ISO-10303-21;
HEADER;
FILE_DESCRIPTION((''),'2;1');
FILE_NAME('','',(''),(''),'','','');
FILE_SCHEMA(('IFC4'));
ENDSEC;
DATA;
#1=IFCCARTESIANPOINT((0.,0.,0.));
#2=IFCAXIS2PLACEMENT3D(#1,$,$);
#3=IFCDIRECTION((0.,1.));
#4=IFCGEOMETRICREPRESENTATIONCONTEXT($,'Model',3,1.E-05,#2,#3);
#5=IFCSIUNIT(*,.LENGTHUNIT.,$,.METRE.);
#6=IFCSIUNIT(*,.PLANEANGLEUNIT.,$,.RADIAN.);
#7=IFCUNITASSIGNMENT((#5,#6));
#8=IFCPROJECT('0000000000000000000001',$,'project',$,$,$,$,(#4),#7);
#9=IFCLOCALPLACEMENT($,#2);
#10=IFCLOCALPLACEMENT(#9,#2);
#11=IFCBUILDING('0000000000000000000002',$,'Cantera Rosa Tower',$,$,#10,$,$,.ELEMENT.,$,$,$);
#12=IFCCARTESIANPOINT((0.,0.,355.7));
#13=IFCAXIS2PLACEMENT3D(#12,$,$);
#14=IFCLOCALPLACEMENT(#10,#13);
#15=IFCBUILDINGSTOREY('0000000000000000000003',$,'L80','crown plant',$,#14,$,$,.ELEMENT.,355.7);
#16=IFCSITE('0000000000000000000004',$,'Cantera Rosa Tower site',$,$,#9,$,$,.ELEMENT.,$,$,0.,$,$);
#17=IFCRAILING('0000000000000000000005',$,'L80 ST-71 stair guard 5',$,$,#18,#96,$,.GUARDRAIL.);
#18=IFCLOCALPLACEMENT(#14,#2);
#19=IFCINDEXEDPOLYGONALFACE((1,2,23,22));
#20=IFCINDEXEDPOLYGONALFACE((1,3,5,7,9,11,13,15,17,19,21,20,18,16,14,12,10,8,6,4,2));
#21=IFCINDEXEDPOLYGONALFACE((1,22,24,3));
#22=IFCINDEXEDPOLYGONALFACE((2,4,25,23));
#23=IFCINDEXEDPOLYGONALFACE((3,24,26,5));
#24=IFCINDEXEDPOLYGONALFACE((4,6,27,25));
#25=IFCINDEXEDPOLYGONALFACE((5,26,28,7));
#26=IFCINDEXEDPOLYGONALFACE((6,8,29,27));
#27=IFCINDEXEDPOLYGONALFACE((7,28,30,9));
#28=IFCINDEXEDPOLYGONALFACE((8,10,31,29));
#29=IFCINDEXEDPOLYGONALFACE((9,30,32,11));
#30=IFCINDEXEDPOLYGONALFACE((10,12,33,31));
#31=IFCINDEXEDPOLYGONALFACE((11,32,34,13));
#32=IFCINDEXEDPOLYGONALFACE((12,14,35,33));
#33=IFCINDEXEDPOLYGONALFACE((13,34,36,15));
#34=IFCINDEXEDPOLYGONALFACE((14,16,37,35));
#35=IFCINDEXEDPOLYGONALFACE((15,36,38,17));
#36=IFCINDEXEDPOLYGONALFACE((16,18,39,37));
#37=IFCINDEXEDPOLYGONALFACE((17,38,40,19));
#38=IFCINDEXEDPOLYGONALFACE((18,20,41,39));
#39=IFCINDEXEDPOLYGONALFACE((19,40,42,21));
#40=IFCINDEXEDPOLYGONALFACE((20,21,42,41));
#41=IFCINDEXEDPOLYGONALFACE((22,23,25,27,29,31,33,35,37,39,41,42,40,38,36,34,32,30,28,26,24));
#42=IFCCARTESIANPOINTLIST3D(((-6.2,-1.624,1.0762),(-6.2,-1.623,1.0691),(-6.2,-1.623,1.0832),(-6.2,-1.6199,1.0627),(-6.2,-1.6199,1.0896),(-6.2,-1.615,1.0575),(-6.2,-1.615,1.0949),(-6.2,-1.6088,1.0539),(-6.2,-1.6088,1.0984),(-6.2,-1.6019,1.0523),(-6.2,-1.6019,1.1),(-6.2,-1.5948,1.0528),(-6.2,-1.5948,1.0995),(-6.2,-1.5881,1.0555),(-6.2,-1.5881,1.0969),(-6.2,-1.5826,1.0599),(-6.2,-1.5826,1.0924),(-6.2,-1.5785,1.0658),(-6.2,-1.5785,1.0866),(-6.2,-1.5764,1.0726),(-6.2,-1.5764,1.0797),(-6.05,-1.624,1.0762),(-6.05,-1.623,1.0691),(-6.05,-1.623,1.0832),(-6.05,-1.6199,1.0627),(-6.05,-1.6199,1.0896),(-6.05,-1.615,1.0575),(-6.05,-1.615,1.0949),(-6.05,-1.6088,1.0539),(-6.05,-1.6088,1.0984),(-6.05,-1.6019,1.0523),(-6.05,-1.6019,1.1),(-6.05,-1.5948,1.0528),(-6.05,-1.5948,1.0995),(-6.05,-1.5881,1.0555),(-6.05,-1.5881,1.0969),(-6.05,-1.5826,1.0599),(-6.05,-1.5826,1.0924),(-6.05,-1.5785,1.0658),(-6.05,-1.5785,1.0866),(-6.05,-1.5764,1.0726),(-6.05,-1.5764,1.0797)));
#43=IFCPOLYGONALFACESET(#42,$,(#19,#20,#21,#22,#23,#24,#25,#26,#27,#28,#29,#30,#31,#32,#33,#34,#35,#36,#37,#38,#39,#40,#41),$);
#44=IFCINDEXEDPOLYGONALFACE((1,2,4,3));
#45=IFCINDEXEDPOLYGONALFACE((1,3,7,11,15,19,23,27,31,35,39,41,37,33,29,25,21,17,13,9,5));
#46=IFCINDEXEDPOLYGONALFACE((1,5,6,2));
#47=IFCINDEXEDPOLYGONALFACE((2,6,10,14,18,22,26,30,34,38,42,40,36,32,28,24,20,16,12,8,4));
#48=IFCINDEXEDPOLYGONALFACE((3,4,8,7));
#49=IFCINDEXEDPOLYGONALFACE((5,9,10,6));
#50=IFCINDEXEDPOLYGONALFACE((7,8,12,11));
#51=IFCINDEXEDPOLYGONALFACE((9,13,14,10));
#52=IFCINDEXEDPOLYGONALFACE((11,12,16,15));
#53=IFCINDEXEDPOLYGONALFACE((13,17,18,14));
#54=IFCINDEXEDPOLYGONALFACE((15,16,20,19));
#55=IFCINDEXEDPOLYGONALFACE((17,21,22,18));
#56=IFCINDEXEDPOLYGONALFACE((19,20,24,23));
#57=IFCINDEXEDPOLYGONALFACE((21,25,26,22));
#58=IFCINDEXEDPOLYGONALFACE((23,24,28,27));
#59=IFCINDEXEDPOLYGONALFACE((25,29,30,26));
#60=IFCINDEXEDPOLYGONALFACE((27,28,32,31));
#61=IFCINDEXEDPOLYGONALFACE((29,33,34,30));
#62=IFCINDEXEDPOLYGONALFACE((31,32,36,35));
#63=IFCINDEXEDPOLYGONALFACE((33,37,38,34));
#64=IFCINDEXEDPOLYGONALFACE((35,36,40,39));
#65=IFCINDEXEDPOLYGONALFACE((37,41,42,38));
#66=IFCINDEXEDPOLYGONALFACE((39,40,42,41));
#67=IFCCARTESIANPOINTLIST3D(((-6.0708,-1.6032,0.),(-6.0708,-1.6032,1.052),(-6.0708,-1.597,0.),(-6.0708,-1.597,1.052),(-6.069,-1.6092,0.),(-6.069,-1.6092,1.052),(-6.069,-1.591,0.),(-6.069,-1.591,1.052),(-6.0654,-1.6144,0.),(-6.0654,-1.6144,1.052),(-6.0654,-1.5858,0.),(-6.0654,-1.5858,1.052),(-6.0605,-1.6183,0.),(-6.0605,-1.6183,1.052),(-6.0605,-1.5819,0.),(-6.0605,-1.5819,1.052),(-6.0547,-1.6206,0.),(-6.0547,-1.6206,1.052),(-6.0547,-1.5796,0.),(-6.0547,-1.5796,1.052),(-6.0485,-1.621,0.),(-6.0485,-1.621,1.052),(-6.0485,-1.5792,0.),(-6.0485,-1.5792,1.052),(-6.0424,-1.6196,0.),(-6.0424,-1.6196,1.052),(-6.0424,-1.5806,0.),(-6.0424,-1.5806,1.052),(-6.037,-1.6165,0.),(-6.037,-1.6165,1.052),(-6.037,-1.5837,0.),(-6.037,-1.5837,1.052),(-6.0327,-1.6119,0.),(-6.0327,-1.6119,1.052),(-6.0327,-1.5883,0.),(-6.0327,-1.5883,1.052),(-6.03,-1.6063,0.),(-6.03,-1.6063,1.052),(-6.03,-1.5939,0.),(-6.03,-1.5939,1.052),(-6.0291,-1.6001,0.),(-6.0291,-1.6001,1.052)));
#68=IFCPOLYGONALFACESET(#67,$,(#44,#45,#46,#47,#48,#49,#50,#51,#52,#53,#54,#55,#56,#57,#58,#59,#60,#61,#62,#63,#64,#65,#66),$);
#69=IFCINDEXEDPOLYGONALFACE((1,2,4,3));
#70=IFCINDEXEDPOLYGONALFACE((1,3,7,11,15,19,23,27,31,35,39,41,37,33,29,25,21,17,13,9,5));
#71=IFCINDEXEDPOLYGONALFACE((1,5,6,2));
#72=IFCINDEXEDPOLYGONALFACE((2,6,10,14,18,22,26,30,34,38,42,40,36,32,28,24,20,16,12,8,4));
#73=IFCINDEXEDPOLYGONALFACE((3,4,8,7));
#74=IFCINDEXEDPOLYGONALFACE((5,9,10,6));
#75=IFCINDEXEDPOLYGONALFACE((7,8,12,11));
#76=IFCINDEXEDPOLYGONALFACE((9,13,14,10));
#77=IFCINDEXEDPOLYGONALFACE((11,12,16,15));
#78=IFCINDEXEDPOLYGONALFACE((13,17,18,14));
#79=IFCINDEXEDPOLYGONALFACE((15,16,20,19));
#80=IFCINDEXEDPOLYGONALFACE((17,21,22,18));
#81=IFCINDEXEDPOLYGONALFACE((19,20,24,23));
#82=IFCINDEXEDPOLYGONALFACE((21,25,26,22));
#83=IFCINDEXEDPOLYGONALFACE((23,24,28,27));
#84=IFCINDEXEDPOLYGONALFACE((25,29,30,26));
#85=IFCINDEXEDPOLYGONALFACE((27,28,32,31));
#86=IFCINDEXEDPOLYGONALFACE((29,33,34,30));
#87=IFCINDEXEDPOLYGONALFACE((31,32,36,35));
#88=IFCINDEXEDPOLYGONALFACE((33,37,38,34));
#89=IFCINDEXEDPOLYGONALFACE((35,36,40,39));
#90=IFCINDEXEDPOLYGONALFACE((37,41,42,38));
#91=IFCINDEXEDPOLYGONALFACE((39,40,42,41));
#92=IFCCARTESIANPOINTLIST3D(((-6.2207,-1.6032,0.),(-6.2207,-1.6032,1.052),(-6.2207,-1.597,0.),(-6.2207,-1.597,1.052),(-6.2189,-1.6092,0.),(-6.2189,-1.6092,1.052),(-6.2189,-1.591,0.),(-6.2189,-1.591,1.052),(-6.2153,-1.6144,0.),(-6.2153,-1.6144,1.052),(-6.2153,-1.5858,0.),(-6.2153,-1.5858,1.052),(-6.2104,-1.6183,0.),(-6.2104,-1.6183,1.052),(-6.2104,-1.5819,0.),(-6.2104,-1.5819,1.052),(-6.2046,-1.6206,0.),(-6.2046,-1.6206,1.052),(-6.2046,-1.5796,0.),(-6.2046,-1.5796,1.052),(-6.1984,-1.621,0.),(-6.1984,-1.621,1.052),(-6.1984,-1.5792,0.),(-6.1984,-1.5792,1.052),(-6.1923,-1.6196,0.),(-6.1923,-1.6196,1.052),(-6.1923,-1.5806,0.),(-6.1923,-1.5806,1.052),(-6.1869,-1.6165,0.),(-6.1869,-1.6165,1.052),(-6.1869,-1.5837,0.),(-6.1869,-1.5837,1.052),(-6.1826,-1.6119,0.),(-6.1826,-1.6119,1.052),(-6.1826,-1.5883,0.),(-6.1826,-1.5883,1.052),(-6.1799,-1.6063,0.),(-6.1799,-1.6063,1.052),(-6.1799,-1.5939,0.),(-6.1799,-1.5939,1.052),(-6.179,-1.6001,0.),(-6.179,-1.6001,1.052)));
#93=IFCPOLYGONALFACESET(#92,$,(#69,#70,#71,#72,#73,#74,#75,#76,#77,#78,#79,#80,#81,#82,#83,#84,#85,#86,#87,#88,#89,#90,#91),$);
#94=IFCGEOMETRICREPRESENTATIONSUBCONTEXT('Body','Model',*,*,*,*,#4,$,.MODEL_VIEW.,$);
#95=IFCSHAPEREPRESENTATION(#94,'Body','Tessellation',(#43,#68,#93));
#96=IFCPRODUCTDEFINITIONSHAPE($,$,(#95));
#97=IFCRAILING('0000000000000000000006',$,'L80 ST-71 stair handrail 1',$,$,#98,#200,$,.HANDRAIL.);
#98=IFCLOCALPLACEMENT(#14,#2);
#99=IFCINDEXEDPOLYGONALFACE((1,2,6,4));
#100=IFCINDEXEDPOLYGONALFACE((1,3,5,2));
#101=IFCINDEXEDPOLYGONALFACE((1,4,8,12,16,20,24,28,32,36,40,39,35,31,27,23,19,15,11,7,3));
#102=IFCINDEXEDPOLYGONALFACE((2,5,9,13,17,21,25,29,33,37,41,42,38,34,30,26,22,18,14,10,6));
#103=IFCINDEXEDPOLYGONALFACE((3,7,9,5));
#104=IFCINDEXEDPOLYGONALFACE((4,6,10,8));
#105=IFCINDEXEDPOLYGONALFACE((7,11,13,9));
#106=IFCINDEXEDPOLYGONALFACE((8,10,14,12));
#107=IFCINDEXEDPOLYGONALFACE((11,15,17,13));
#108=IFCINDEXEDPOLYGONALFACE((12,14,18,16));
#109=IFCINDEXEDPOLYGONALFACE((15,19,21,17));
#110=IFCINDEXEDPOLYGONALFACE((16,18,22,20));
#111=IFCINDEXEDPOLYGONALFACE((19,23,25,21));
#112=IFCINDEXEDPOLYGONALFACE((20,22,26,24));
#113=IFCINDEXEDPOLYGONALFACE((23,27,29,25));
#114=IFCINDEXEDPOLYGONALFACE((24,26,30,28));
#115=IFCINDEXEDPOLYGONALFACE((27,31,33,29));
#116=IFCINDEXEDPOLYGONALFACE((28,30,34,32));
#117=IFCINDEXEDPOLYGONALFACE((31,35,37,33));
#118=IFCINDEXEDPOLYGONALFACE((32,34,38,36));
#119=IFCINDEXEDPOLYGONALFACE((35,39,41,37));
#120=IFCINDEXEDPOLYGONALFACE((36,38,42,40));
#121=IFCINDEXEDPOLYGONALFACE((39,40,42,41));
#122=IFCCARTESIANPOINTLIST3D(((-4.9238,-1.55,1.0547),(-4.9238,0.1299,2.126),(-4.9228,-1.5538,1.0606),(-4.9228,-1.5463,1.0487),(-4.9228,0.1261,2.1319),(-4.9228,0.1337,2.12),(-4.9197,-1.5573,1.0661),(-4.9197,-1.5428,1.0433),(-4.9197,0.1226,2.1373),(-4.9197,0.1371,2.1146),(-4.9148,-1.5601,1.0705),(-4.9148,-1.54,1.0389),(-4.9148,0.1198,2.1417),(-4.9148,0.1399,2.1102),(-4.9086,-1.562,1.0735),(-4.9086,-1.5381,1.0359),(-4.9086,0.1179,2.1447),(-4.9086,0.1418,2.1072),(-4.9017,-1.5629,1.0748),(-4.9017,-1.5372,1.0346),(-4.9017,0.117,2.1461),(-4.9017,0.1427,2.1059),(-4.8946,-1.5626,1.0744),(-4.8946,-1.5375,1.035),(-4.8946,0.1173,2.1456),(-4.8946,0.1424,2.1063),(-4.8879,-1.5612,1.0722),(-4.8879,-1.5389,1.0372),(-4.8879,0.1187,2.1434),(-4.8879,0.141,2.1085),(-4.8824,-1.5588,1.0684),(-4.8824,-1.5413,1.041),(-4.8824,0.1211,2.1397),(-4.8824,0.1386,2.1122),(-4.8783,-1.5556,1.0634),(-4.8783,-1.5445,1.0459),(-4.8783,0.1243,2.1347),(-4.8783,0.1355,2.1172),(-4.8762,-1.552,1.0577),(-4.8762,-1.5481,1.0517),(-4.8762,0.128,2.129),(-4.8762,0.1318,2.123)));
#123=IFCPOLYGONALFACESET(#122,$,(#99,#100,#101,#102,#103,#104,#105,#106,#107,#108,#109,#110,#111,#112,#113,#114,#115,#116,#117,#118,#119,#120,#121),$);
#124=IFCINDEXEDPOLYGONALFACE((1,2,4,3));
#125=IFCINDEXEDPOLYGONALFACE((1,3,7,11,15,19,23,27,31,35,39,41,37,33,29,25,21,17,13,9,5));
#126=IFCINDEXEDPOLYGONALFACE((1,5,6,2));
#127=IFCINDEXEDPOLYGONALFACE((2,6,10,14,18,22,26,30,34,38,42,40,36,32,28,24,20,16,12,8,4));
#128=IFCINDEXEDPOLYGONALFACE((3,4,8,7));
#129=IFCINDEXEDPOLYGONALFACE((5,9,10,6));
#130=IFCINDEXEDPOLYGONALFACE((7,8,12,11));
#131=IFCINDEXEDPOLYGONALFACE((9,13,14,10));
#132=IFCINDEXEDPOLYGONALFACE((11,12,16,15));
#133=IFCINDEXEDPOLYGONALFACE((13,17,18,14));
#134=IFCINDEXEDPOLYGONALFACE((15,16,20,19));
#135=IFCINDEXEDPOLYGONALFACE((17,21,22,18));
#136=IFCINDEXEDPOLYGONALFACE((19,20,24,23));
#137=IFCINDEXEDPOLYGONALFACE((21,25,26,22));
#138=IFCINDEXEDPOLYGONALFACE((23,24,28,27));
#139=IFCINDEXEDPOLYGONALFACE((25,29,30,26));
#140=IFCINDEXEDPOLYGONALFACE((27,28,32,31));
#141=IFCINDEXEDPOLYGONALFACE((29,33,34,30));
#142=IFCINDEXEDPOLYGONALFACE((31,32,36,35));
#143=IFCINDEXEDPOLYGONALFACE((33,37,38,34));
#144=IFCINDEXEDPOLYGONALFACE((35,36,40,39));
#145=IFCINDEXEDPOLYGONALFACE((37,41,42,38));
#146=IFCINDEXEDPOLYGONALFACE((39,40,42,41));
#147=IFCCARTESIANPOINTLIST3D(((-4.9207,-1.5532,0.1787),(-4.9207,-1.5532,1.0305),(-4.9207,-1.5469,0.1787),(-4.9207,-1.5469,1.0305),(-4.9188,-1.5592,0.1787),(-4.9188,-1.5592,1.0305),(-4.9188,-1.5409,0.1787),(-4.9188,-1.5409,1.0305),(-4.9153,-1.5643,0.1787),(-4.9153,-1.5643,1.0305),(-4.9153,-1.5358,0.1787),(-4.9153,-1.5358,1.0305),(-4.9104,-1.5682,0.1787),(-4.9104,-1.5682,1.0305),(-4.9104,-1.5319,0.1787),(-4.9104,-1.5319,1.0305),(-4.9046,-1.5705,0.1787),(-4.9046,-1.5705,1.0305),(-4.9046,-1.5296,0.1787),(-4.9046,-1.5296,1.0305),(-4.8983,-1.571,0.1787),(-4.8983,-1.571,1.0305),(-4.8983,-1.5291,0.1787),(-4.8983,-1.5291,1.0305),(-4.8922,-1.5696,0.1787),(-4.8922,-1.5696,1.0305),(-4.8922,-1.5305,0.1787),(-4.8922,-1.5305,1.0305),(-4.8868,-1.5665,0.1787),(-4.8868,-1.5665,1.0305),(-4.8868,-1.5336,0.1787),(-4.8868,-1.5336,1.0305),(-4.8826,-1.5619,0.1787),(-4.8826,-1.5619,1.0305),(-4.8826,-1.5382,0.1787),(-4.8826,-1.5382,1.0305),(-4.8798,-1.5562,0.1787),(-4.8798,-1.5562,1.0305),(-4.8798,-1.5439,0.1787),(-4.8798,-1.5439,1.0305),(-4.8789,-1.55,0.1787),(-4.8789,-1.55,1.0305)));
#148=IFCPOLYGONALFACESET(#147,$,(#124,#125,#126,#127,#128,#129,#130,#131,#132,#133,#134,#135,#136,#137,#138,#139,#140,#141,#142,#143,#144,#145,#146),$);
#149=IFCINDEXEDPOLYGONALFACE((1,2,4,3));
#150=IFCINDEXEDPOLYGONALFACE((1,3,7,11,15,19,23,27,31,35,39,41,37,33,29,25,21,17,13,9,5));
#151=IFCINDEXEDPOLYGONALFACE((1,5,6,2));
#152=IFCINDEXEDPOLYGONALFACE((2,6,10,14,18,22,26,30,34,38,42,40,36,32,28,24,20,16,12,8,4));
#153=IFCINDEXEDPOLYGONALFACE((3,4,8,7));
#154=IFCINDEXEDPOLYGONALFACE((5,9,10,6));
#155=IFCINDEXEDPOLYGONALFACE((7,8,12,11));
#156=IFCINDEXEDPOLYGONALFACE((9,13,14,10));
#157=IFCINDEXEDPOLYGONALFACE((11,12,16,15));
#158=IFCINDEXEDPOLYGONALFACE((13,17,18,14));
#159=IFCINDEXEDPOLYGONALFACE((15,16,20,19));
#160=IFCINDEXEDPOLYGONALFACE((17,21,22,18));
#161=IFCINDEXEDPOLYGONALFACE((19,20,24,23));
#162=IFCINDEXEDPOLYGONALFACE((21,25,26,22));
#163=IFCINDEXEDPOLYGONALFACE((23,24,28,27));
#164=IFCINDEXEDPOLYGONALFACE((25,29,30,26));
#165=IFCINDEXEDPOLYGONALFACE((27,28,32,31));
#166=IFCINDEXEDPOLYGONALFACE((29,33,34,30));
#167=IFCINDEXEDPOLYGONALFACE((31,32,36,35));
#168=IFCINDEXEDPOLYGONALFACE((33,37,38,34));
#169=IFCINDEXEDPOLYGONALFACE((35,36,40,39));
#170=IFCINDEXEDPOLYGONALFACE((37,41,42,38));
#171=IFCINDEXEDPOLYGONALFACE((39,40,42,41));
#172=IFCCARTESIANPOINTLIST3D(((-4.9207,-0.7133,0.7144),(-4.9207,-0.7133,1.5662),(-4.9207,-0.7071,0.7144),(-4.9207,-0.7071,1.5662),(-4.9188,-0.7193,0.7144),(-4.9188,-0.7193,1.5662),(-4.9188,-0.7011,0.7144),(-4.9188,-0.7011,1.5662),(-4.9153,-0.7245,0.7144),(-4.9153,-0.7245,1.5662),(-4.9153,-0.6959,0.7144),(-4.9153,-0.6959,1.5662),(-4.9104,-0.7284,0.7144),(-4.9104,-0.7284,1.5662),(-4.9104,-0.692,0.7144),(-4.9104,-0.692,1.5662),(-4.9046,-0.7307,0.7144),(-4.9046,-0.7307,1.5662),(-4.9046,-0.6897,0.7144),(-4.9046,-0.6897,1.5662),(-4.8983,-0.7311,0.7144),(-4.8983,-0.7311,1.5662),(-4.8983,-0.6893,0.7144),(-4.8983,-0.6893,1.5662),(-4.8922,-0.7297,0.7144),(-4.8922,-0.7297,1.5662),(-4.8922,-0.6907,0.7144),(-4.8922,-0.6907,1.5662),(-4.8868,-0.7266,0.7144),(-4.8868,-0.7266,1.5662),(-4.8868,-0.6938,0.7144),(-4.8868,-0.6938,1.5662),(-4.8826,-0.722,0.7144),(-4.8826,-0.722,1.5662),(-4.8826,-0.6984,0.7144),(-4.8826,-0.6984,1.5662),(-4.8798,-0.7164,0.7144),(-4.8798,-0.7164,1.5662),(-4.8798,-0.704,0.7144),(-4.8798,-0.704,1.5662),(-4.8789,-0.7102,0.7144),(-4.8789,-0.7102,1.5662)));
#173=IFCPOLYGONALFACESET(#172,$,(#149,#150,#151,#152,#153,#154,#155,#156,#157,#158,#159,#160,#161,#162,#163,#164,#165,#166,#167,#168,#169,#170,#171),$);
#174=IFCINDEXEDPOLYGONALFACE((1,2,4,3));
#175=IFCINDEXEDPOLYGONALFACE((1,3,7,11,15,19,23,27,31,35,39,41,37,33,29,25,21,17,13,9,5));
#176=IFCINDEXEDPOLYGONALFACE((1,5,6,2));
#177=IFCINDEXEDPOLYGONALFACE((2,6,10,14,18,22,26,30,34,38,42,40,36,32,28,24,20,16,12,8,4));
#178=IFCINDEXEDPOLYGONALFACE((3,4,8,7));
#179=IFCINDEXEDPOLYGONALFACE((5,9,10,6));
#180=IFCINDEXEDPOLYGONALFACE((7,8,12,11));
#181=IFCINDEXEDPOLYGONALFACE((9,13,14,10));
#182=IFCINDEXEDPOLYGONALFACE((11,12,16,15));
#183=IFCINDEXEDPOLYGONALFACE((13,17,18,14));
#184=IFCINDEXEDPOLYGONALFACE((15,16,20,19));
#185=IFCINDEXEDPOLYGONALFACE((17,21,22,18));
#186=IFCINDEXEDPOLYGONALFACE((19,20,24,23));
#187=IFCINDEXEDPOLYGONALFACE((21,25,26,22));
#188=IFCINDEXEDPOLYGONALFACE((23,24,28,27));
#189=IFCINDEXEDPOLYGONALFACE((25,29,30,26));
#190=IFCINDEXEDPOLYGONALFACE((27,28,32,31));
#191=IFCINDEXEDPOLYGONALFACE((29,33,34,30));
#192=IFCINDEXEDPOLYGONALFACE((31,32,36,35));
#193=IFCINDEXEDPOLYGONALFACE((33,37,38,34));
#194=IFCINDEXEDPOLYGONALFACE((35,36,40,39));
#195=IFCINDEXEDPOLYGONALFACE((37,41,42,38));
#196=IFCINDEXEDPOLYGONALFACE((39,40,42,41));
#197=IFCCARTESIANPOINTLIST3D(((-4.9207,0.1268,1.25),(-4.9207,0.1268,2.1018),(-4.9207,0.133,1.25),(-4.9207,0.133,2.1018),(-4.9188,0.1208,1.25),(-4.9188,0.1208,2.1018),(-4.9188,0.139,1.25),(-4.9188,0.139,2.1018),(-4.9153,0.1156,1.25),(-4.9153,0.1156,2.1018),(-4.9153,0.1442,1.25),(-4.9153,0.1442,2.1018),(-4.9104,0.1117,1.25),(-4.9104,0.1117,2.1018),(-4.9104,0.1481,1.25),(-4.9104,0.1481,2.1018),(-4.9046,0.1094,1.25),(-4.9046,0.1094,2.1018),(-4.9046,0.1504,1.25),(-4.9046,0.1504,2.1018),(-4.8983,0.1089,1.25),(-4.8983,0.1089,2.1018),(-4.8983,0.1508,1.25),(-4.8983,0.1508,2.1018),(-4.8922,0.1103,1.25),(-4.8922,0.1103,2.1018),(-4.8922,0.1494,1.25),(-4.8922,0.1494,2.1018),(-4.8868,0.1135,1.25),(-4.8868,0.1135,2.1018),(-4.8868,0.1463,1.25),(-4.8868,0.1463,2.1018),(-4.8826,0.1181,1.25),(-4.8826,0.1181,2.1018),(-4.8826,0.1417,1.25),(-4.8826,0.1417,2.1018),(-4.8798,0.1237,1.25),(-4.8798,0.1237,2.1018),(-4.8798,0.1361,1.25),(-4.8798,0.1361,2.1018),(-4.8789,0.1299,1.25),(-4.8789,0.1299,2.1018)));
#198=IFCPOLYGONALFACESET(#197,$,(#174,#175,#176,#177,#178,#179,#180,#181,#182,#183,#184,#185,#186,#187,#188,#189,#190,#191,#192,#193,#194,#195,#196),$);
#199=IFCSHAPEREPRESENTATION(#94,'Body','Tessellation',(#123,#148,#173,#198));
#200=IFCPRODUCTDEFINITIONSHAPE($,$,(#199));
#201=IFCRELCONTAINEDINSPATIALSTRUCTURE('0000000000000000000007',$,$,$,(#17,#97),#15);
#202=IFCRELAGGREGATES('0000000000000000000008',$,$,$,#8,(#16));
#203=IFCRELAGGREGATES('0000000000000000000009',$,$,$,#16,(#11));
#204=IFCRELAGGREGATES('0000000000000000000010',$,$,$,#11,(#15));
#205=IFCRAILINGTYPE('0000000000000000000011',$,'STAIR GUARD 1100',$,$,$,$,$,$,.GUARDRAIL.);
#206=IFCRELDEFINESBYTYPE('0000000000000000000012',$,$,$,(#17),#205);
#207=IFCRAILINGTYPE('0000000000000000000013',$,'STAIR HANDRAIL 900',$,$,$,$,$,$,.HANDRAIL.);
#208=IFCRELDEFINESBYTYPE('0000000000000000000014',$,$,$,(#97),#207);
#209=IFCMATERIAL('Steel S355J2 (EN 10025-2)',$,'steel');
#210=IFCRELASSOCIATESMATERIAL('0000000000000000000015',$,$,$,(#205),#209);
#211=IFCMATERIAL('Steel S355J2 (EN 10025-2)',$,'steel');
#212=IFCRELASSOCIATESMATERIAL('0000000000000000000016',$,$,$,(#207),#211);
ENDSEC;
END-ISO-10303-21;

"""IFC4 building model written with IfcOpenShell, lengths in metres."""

from ifc_helpers import new_model, si_unit, direction, frame, origin, origin_2d, place, context, subcontext, project, spatial, circle, extrude, material, type_object, element, save


model = new_model("IFC4")

# Units and contexts
model_context = context("Model", 3, precision=1e-05, world=origin(), true_north=direction((0.0, 1.0)))
body_context = subcontext(model_context, "Body", "Model", "MODEL_VIEW")
ifc_project = project(units=[si_unit("LENGTHUNIT", "METRE"), si_unit("PLANEANGLEUNIT", "RADIAN")], contexts=[model_context])

# Site, building, storey
site_placement = place(None, origin())
site = spatial("IfcSite", under=ifc_project, at=site_placement, Name="Cantera Rosa Tower site", CompositionType="ELEMENT", RefElevation=0.0)
building_placement = place(site_placement, origin())
building = spatial("IfcBuilding", under=site, at=building_placement, Name="Cantera Rosa Tower", CompositionType="ELEMENT")
storey_placement = place(building_placement, frame((0.0, 0.0, 355.7)))
storey = spatial("IfcBuildingStorey", under=building, at=storey_placement, Name="L80", Description="crown plant", CompositionType="ELEMENT", Elevation=355.7)

# Railings
ifc_material_1 = material(Name="Steel S355J2 (EN 10025-2)", Category="steel")
railing_type_1 = type_object("IfcRailingType", Name="STAIR GUARD 1100", PredefinedType="GUARDRAIL", material=ifc_material_1)
railing_1_placement = place(storey_placement, frame((-6.05, -1.6001, 0.0)))
element("IfcRailing", 1, at=railing_1_placement, inside=storey, type_object=railing_type_1, Name="L80 ST-71 stair guard 5", PredefinedType="GUARDRAIL", context=body_context, shape_type="SweptSolid", body=[
    extrude(circle(Radius=0.0239, at=origin_2d()), frame((0.0, 0.0, 1.0762), z_axis=(-1.0, 0.0, 0.0), x_axis=(0.0, -1.0, 0.0)), (0.0, 0.0, 1.0), 0.1499),
    extrude(circle(Radius=0.021, at=origin_2d()), origin(), (0.0, 0.0, 1.0), 1.052),
    extrude(circle(Radius=0.021, at=origin_2d()), frame((-0.1499, 0.0, 0.0)), (0.0, 0.0, 1.0), 1.052),
])
ifc_material_2 = material(Name="Steel S355J2 (EN 10025-2)", Category="steel")
railing_type_2 = type_object("IfcRailingType", Name="STAIR HANDRAIL 900", PredefinedType="HANDRAIL", material=ifc_material_2)
for number, where, name in (
    (2, (-4.8999, -1.55, 0.1787), "L80 ST-71 stair handrail 1"),
):
    element("IfcRailing", number, at=place(storey_placement, frame(where)), inside=storey, type_object=railing_type_2, Name=name, PredefinedType="HANDRAIL", context=body_context, shape_type="SweptSolid", body=[
        extrude(circle(Radius=0.0239, at=origin_2d()), frame((0.0, 0.0, 0.876), z_axis=(0.0, 0.843152, 0.537676), x_axis=(-1.0, 0.0, 0.0)), (0.0, 0.0, 1.0), 1.9924),
        extrude(circle(Radius=0.021, at=origin_2d()), origin(), (0.0, 0.0, 1.0), 0.8518),
        extrude(circle(Radius=0.021, at=origin_2d()), frame((0.0, 0.8398, 0.5356)), (0.0, 0.0, 1.0), 0.8518),
        extrude(circle(Radius=0.021, at=origin_2d()), frame((0.0, 1.6799, 1.0713)), (0.0, 0.0, 1.0), 0.8518),
    ])

save(model, "model.ifc")
